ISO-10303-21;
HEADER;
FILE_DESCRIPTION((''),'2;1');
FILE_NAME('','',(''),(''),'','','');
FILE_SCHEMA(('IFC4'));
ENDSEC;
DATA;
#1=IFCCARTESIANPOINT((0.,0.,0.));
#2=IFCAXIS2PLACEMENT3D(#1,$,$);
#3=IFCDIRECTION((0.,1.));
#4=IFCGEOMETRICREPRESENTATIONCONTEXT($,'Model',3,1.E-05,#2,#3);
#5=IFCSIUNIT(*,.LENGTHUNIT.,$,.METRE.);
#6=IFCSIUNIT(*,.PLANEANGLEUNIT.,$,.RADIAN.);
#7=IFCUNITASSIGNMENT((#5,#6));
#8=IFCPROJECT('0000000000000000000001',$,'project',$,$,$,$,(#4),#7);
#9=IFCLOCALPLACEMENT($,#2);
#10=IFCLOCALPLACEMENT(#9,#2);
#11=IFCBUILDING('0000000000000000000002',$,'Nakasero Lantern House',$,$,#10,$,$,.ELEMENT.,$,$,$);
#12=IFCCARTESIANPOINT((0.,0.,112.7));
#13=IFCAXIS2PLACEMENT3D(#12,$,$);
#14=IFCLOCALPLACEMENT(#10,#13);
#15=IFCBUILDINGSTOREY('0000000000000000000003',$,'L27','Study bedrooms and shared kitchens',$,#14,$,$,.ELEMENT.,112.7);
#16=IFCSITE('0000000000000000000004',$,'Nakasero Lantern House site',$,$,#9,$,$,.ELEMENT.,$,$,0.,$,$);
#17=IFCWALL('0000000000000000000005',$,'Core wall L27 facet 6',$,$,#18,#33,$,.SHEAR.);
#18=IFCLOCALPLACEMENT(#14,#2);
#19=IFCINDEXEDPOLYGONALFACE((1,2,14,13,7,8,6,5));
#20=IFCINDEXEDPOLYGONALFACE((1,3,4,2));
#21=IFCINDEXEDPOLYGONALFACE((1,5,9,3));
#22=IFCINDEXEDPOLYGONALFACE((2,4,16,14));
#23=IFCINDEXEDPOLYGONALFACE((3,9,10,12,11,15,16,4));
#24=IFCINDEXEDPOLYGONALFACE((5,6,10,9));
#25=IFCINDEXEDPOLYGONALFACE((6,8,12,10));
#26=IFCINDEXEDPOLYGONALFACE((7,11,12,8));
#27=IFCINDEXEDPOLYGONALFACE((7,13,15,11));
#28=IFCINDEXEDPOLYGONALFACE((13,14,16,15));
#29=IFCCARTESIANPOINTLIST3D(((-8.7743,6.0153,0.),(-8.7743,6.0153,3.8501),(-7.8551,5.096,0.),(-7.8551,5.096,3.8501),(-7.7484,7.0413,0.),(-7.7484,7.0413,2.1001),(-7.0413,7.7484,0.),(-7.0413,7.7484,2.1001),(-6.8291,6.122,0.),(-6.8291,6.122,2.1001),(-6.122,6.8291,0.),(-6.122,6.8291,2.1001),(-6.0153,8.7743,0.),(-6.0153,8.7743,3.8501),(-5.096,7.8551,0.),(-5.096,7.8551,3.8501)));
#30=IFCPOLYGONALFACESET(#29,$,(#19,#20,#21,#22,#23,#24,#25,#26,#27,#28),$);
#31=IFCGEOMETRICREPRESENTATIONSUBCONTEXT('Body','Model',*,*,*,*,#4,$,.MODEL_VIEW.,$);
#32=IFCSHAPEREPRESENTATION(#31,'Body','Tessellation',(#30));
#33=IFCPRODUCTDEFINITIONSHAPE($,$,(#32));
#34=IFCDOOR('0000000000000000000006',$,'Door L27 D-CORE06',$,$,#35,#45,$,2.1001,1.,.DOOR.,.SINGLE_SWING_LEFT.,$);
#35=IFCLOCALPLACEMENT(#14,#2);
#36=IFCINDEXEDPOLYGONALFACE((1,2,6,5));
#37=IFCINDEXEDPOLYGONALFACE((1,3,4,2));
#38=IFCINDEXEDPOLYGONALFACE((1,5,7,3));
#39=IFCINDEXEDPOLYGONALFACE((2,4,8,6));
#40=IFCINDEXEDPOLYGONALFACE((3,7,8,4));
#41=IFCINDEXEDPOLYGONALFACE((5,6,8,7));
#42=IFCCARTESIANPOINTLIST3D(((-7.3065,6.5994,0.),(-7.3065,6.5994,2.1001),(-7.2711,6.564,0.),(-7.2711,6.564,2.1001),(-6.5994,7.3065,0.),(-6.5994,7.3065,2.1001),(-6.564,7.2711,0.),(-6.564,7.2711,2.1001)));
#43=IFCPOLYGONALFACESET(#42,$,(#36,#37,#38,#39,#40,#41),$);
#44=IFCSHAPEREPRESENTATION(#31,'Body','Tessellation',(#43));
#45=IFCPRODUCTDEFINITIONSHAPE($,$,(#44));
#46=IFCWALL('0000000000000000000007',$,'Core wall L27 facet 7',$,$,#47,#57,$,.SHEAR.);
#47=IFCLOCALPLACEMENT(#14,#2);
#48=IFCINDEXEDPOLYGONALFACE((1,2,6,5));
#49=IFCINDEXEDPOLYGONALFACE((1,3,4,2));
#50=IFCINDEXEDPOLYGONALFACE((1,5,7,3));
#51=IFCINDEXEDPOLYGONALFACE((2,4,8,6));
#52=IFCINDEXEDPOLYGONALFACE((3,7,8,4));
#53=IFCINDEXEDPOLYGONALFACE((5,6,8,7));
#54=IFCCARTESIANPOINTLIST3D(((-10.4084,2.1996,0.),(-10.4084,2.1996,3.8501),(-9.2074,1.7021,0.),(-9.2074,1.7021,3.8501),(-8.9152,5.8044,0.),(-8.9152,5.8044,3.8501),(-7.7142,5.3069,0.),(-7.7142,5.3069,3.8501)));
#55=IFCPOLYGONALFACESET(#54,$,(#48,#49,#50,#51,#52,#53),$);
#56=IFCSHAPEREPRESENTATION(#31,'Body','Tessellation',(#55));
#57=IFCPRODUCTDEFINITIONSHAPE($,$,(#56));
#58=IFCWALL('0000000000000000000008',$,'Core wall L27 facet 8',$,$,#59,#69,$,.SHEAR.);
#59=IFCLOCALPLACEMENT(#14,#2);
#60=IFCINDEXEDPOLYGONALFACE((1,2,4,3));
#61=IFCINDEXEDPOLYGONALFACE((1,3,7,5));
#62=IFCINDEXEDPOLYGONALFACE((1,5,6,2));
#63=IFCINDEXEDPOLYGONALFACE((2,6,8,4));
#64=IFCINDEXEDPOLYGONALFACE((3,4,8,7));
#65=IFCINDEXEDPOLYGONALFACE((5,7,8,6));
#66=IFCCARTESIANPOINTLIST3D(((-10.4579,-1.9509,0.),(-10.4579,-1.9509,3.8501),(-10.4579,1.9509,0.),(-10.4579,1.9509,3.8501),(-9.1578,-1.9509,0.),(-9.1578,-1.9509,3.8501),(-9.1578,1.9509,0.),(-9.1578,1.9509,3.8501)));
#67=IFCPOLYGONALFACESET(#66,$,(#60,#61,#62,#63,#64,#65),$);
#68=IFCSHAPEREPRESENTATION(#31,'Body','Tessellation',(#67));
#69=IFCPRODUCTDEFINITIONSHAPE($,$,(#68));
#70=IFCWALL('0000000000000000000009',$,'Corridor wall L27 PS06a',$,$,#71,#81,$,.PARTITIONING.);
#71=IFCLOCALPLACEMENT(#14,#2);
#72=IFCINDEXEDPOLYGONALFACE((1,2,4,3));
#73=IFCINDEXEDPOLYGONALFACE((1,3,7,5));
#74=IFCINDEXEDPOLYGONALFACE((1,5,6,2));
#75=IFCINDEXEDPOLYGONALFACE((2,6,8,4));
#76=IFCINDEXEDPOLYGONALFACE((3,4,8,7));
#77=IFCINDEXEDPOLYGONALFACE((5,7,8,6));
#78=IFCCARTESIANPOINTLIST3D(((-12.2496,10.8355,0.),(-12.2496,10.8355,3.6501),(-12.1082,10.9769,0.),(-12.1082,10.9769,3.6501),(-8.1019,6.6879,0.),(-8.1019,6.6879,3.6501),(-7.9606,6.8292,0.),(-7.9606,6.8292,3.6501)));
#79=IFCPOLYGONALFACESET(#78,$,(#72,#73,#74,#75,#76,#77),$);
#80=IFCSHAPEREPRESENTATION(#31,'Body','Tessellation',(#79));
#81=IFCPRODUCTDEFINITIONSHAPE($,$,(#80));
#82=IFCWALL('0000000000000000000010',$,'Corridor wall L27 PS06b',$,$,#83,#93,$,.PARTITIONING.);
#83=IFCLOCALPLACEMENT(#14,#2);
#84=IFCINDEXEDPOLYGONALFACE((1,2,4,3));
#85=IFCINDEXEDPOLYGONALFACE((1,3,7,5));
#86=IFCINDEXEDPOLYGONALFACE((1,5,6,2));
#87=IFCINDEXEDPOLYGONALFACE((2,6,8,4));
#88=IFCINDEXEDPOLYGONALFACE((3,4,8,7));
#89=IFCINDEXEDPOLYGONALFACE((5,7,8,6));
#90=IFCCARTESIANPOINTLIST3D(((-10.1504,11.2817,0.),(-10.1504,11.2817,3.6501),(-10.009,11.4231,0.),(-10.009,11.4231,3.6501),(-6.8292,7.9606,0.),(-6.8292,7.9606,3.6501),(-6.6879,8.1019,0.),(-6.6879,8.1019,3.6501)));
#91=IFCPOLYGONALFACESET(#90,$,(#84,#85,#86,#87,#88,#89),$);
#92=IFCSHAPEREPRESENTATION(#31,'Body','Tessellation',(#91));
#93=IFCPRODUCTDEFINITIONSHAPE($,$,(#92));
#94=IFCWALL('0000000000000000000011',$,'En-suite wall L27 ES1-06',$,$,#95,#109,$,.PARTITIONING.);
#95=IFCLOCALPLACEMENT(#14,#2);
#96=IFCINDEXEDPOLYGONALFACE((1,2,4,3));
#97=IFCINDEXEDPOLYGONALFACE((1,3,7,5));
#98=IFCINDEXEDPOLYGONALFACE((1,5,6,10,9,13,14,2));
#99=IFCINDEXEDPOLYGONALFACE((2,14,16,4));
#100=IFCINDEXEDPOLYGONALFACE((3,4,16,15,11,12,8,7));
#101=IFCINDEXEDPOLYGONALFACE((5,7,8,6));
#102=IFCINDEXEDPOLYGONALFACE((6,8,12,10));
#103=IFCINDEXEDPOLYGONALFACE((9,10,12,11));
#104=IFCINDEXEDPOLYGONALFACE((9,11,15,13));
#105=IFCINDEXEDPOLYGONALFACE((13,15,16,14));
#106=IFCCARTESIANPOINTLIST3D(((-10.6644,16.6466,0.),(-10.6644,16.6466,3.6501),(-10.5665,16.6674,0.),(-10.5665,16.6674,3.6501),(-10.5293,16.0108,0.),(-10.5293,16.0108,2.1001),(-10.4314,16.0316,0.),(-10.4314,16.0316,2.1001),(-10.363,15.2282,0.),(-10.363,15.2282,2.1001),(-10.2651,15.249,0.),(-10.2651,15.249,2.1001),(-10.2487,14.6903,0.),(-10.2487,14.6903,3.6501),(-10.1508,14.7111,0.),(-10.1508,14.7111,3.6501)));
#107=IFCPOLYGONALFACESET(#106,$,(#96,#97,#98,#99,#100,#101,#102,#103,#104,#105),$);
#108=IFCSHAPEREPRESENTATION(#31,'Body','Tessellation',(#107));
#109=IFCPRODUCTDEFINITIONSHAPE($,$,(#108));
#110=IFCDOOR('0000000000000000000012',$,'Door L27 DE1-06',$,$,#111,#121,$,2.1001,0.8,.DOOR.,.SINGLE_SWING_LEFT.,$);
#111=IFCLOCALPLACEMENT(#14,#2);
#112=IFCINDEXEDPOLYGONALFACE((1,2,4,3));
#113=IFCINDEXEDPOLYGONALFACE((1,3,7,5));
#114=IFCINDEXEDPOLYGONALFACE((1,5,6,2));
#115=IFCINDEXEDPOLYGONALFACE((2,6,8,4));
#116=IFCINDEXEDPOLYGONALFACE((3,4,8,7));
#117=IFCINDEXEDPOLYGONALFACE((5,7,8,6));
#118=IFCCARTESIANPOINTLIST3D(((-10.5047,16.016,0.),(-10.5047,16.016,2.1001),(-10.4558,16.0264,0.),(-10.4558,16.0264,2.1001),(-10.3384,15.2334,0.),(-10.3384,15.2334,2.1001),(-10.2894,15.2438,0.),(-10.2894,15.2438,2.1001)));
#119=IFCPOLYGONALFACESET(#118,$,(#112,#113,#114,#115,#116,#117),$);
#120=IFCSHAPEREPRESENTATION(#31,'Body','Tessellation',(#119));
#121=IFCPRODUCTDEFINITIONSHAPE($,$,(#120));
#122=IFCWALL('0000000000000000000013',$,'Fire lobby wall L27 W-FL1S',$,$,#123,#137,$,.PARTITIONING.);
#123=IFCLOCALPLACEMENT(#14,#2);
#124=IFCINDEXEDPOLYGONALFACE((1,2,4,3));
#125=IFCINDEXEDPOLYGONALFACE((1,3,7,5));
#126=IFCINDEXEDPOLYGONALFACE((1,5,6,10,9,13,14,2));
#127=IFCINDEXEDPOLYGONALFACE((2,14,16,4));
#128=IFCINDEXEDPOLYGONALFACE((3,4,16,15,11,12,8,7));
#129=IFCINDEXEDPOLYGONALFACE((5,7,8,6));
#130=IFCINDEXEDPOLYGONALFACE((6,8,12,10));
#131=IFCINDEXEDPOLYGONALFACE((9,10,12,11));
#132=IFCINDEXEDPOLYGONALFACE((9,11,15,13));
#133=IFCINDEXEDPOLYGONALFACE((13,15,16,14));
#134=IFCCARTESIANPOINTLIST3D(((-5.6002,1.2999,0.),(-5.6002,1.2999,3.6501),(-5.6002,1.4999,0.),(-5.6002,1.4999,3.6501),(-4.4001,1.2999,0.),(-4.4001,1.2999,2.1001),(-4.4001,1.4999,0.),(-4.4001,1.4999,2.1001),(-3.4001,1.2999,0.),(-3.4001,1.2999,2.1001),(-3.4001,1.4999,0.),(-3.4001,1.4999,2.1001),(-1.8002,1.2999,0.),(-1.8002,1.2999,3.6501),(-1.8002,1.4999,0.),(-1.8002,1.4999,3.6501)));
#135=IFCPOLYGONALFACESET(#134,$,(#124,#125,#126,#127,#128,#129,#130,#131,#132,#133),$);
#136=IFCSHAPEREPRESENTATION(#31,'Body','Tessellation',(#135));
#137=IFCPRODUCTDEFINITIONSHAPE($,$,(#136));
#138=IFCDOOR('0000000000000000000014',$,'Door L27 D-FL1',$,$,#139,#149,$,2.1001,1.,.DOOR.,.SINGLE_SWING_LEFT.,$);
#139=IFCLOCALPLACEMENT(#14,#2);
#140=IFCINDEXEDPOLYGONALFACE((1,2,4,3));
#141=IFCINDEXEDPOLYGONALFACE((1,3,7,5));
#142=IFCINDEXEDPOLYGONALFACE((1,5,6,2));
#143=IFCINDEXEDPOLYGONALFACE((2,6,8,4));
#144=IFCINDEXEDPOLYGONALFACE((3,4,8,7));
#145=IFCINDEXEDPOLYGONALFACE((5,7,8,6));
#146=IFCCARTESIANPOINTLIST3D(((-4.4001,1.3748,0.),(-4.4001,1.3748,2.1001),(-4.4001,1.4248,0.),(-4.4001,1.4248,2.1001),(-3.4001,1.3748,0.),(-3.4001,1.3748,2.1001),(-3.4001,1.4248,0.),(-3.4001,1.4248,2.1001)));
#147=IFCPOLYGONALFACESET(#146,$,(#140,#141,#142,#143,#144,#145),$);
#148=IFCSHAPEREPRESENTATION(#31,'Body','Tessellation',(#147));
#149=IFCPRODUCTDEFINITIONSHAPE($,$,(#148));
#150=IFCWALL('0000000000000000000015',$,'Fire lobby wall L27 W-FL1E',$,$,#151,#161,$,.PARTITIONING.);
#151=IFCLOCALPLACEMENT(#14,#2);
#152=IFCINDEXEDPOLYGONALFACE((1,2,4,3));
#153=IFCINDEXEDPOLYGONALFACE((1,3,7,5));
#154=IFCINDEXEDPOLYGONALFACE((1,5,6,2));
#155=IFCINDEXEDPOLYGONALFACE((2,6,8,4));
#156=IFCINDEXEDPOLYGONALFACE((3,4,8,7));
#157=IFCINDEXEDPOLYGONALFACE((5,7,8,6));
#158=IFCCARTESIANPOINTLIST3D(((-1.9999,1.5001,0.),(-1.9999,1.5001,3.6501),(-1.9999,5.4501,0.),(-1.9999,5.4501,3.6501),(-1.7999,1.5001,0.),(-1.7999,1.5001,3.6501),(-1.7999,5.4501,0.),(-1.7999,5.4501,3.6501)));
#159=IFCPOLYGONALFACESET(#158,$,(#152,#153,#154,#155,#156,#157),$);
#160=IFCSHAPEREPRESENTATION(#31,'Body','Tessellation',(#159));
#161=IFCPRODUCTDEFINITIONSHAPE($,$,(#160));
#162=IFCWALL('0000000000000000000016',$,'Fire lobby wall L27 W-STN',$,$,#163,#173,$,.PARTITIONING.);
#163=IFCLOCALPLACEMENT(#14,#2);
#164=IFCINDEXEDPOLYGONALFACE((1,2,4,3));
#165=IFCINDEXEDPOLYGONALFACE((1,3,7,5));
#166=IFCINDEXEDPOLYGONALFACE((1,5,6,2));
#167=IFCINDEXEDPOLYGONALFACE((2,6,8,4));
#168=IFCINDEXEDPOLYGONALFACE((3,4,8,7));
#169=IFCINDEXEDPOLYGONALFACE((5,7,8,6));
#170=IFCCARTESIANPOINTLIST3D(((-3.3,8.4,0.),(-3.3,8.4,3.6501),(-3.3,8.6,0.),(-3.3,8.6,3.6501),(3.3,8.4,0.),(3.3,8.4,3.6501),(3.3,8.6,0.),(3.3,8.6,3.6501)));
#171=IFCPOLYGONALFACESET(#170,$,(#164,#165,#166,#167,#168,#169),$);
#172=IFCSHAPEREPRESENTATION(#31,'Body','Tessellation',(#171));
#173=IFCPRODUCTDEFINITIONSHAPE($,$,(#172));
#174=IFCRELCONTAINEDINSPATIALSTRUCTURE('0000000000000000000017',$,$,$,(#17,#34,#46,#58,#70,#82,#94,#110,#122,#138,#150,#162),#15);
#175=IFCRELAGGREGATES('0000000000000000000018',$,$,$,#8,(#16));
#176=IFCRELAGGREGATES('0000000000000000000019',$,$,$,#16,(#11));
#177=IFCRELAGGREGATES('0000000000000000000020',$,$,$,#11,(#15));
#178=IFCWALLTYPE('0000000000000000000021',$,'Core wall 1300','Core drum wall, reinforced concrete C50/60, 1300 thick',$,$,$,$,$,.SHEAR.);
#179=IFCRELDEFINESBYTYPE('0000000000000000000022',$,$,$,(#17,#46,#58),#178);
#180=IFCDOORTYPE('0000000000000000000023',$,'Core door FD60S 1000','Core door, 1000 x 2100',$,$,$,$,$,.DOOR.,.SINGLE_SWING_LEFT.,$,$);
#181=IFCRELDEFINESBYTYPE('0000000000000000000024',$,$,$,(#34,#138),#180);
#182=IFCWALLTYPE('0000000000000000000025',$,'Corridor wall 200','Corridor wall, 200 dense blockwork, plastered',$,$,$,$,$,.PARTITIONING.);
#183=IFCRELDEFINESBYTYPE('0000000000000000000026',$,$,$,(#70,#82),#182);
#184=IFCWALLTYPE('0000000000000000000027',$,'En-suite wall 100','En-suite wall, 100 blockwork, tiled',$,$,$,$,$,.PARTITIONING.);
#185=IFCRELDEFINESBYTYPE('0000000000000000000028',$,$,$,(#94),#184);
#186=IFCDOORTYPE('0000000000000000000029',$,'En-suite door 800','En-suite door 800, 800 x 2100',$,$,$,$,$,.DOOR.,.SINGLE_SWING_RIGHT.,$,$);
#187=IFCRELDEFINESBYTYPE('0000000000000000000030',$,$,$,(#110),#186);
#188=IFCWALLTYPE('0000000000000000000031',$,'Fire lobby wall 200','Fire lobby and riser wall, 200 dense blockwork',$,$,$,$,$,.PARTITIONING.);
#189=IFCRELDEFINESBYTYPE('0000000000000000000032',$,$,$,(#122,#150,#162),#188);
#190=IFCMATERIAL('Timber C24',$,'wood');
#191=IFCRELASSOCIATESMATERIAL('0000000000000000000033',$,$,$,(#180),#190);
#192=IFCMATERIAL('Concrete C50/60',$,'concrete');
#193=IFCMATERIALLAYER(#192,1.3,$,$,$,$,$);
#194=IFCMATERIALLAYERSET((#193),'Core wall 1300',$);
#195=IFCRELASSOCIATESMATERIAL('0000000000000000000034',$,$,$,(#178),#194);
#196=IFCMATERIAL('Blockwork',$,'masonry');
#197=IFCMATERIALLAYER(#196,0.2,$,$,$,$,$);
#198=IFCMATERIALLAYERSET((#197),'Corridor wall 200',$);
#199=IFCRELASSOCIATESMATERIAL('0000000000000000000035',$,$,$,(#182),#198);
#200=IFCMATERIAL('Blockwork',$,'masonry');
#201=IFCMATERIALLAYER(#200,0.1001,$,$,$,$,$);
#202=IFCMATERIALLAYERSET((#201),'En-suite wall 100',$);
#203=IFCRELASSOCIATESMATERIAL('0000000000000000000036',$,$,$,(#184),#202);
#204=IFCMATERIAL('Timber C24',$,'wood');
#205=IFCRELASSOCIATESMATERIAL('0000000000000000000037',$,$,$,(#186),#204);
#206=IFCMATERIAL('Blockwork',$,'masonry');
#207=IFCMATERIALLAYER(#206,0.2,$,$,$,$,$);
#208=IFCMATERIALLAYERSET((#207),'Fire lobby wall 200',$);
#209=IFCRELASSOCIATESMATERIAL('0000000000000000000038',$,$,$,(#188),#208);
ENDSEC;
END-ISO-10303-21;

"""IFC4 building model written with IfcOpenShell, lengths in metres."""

from ifc_helpers import new_model, si_unit, direction, frame, frame_2d, origin, place, context, subcontext, project, spatial, rectangle, extrude, material, layer, layer_set, type_object, element, fill, save


model = new_model("IFC4")

# Units and contexts
model_context = context("Model", 3, precision=1e-05, world=origin(), true_north=direction((0.0, 1.0)))
body_context = subcontext(model_context, "Body", "Model", "MODEL_VIEW")
ifc_project = project(units=[si_unit("LENGTHUNIT", "METRE"), si_unit("PLANEANGLEUNIT", "RADIAN")], contexts=[model_context])

# Site, building, storey
site_placement = place(None, origin())
site = spatial("IfcSite", under=ifc_project, at=site_placement, Name="Nakasero Lantern House site", CompositionType="ELEMENT", RefElevation=0.0)
building_placement = place(site_placement, origin())
building = spatial("IfcBuilding", under=site, at=building_placement, Name="Nakasero Lantern House", CompositionType="ELEMENT")
storey_placement = place(building_placement, frame((0.0, 0.0, 112.7)))
storey = spatial("IfcBuildingStorey", under=building, at=storey_placement, Name="L27", Description="Study bedrooms and shared kitchens", CompositionType="ELEMENT", Elevation=112.7)

# Shared definitions
ifc_material_1 = material(Name="Timber C24", Category="wood")
door_type_1 = type_object("IfcDoorType", Name="Core door FD60S 1000", Description="Core door, 1000 x 2100", OperationType="SINGLE_SWING_LEFT", PredefinedType="DOOR", material=ifc_material_1)

# Shared definitions
ifc_material_2 = material(Name="Concrete C50/60", Category="concrete")
ifc_layer_1 = layer(ifc_material_2, 1.3)
ifc_layer_set_1 = layer_set([ifc_layer_1], Name="Core wall 1300")
wall_type_1 = type_object("IfcWallType", Name="Core wall 1300", Description="Core drum wall, reinforced concrete C50/60, 1300 thick", PredefinedType="SHEAR", material=ifc_layer_set_1)

# Wall, opening, door
wall_1_placement = place(storey_placement, frame((-5.5557, 8.3147, 0.0), z_axis=(0.0, 0.0, 1.0), x_axis=(-0.707107, -0.707107, 0.0)))
wall_1 = element("IfcWall", 1, at=wall_1_placement, inside=storey, type_object=wall_type_1, Name="Core wall L27 facet 6", PredefinedType="SHEAR", context=body_context, shape_type="SweptSolid", body=[
    extrude(rectangle(XDim=3.9019, YDim=1.3, at=frame_2d((1.9509, 0.0))), origin(), (0.0, 0.0, 1.0), 3.8501),
])
opening_1_placement = place(wall_1_placement, frame((1.4509, 0.0, 0.0)))
opening_1 = element("IfcOpeningElement", 2, at=opening_1_placement, cuts=wall_1, PredefinedType="OPENING", context=body_context, shape_type="SweptSolid", body=[
    extrude(rectangle(XDim=1.0, YDim=2.1001, at=frame_2d((0.5, 1.05))), frame((0.0, 0.6699, 0.0), z_axis=(0.0, -1.0, 0.0), x_axis=(1.0, 0.0, 0.0)), (0.0, 0.0, 1.0), 1.3401),
])
door_1_placement = place(opening_1_placement, origin())
door_1 = element("IfcDoor", 3, at=door_1_placement, inside=storey, type_object=door_type_1, Name="Door L27 D-CORE06", OperationType="SINGLE_SWING_LEFT", OverallHeight=2.1001, OverallWidth=1.0, PredefinedType="DOOR", context=body_context, shape_type="SweptSolid", body=[
    extrude(rectangle(XDim=1.0, YDim=2.1001, at=frame_2d((0.5, 1.05))), frame((0.0, 0.0249, 0.0), z_axis=(0.0, -1.0, 0.0), x_axis=(1.0, 0.0, 0.0)), (0.0, 0.0, 1.0), 0.05),
])
fill(opening_1, door_1)

# Walls
for number, where, z_axis, x_axis, name in (
    (4, (-8.3147, 5.5557, 0.0), (0.0, 0.0, 1.0), (-0.382691, -0.923877, 0.0), "Core wall L27 facet 7"),
    (5, (-9.8079, 1.9509, 0.0), (0.0, 0.0, 1.0), (0.0, -1.0, 0.0), "Core wall L27 facet 8"),
):
    element("IfcWall", number, at=place(storey_placement, frame(where, z_axis=z_axis, x_axis=x_axis)), inside=storey, type_object=wall_type_1, Name=name, PredefinedType="SHEAR", context=body_context, shape_type="SweptSolid", body=[
        extrude(rectangle(XDim=3.9019, YDim=1.3, at=frame_2d((1.9509, 0.0))), origin(), (0.0, 0.0, 1.0), 3.8501),
    ])
ifc_material_3 = material(Name="Blockwork", Category="masonry")
ifc_layer_2 = layer(ifc_material_3, 0.2)
ifc_layer_set_2 = layer_set([ifc_layer_2], Name="Corridor wall 200")
wall_type_2 = type_object("IfcWallType", Name="Corridor wall 200", Description="Corridor wall, 200 dense blockwork, plastered", PredefinedType="PARTITIONING", material=ifc_layer_set_2)
wall_2_placement = place(storey_placement, frame((-8.0312, 6.7585, 0.0), z_axis=(0.0, 0.0, 1.0), x_axis=(-0.707107, 0.707107, 0.0)))
element("IfcWall", 6, at=wall_2_placement, inside=storey, type_object=wall_type_2, Name="Corridor wall L27 PS06a", PredefinedType="PARTITIONING", context=body_context, shape_type="SweptSolid", body=[
    extrude(rectangle(XDim=5.8657, YDim=0.2, at=frame_2d((2.9329, 0.0))), origin(), (0.0, 0.0, 1.0), 3.6501),
])
wall_3_placement = place(storey_placement, frame((-6.7585, 8.0312, 0.0), z_axis=(0.0, 0.0, 1.0), x_axis=(-0.707107, 0.707107, 0.0)))
element("IfcWall", 7, at=wall_3_placement, inside=storey, type_object=wall_type_2, Name="Corridor wall L27 PS06b", PredefinedType="PARTITIONING", context=body_context, shape_type="SweptSolid", body=[
    extrude(rectangle(XDim=4.6968, YDim=0.2, at=frame_2d((2.3484, 0.0))), origin(), (0.0, 0.0, 1.0), 3.6501),
])

# Walls, openings, doors
ifc_material_4 = material(Name="Blockwork", Category="masonry")
ifc_layer_3 = layer(ifc_material_4, 0.1001)
ifc_layer_set_3 = layer_set([ifc_layer_3], Name="En-suite wall 100")
wall_type_3 = type_object("IfcWallType", Name="En-suite wall 100", Description="En-suite wall, 100 blockwork, tiled", PredefinedType="PARTITIONING", material=ifc_layer_set_3)
wall_4_placement = place(storey_placement, frame((-10.1997, 14.7007, 0.0), z_axis=(0.0, 0.0, 1.0), x_axis=(-0.207886, 0.978153, 0.0)))
wall_4 = element("IfcWall", 8, at=wall_4_placement, inside=storey, type_object=wall_type_3, Name="En-suite wall L27 ES1-06", PredefinedType="PARTITIONING", context=body_context, shape_type="SweptSolid", body=[
    extrude(rectangle(XDim=2.0, YDim=0.1001, at=frame_2d((1.0, 0.0))), origin(), (0.0, 0.0, 1.0), 3.6501),
])
opening_2_placement = place(wall_4_placement, frame((0.55, 0.0, 0.0)))
opening_2 = element("IfcOpeningElement", 9, at=opening_2_placement, cuts=wall_4, PredefinedType="OPENING", context=body_context, shape_type="SweptSolid", body=[
    extrude(rectangle(XDim=0.8, YDim=2.1001, at=frame_2d((0.3999, 1.05))), frame((0.0, 0.0701, 0.0), z_axis=(0.0, -1.0, 0.0), x_axis=(1.0, 0.0, 0.0)), (0.0, 0.0, 1.0), 0.1401),
])
ifc_material_5 = material(Name="Timber C24", Category="wood")
door_type_2 = type_object("IfcDoorType", Name="En-suite door 800", Description="En-suite door 800, 800 x 2100", OperationType="SINGLE_SWING_RIGHT", PredefinedType="DOOR", material=ifc_material_5)
door_2_placement = place(opening_2_placement, origin())
door_2 = element("IfcDoor", 10, at=door_2_placement, inside=storey, type_object=door_type_2, Name="Door L27 DE1-06", OperationType="SINGLE_SWING_LEFT", OverallHeight=2.1001, OverallWidth=0.8, PredefinedType="DOOR", context=body_context, shape_type="SweptSolid", body=[
    extrude(rectangle(XDim=0.8, YDim=2.1001, at=frame_2d((0.3999, 1.05))), frame((0.0, 0.0249, 0.0), z_axis=(0.0, -1.0, 0.0), x_axis=(1.0, 0.0, 0.0)), (0.0, 0.0, 1.0), 0.05),
])
fill(opening_2, door_2)
ifc_material_6 = material(Name="Blockwork", Category="masonry")
ifc_layer_4 = layer(ifc_material_6, 0.2)
ifc_layer_set_4 = layer_set([ifc_layer_4], Name="Fire lobby wall 200")
wall_type_4 = type_object("IfcWallType", Name="Fire lobby wall 200", Description="Fire lobby and riser wall, 200 dense blockwork", PredefinedType="PARTITIONING", material=ifc_layer_set_4)
wall_5_placement = place(storey_placement, frame((-5.6001, 1.3999, 0.0), z_axis=(0.0, 0.0, 1.0), x_axis=(1.0, 0.0, 0.0)))
wall_5 = element("IfcWall", 11, at=wall_5_placement, inside=storey, type_object=wall_type_4, Name="Fire lobby wall L27 W-FL1S", PredefinedType="PARTITIONING", context=body_context, shape_type="SweptSolid", body=[
    extrude(rectangle(XDim=3.8, YDim=0.2, at=frame_2d((1.8999, 0.0))), origin(), (0.0, 0.0, 1.0), 3.6501),
])
opening_3_placement = place(wall_5_placement, frame((1.2, 0.0, 0.0)))
opening_3 = element("IfcOpeningElement", 12, at=opening_3_placement, cuts=wall_5, PredefinedType="OPENING", context=body_context, shape_type="SweptSolid", body=[
    extrude(rectangle(XDim=1.0, YDim=2.1001, at=frame_2d((0.5, 1.05))), frame((0.0, 0.1199, 0.0), z_axis=(0.0, -1.0, 0.0), x_axis=(1.0, 0.0, 0.0)), (0.0, 0.0, 1.0), 0.24),
])
door_3_placement = place(opening_3_placement, origin())
door_3 = element("IfcDoor", 13, at=door_3_placement, inside=storey, type_object=door_type_1, Name="Door L27 D-FL1", OperationType="SINGLE_SWING_LEFT", OverallHeight=2.1001, OverallWidth=1.0, PredefinedType="DOOR", context=body_context, shape_type="SweptSolid", body=[
    extrude(rectangle(XDim=1.0, YDim=2.1001, at=frame_2d((0.5, 1.05))), frame((0.0, 0.0249, 0.0), z_axis=(0.0, -1.0, 0.0), x_axis=(1.0, 0.0, 0.0)), (0.0, 0.0, 1.0), 0.05),
])
fill(opening_3, door_3)

# Walls
wall_6_placement = place(storey_placement, frame((-1.8999, 1.5, 0.0), z_axis=(0.0, 0.0, 1.0), x_axis=(0.0, 1.0, 0.0)))
element("IfcWall", 14, at=wall_6_placement, inside=storey, type_object=wall_type_4, Name="Fire lobby wall L27 W-FL1E", PredefinedType="PARTITIONING", context=body_context, shape_type="SweptSolid", body=[
    extrude(rectangle(XDim=3.95, YDim=0.2, at=frame_2d((1.9751, 0.0))), origin(), (0.0, 0.0, 1.0), 3.6501),
])
wall_7_placement = place(storey_placement, frame((-3.3, 8.5, 0.0), z_axis=(0.0, 0.0, 1.0), x_axis=(1.0, 0.0, 0.0)))
element("IfcWall", 15, at=wall_7_placement, inside=storey, type_object=wall_type_4, Name="Fire lobby wall L27 W-STN", PredefinedType="PARTITIONING", context=body_context, shape_type="SweptSolid", body=[
    extrude(rectangle(XDim=6.6001, YDim=0.2, at=frame_2d((3.3, 0.0))), origin(), (0.0, 0.0, 1.0), 3.6501),
])

save(model, "model.ifc")
